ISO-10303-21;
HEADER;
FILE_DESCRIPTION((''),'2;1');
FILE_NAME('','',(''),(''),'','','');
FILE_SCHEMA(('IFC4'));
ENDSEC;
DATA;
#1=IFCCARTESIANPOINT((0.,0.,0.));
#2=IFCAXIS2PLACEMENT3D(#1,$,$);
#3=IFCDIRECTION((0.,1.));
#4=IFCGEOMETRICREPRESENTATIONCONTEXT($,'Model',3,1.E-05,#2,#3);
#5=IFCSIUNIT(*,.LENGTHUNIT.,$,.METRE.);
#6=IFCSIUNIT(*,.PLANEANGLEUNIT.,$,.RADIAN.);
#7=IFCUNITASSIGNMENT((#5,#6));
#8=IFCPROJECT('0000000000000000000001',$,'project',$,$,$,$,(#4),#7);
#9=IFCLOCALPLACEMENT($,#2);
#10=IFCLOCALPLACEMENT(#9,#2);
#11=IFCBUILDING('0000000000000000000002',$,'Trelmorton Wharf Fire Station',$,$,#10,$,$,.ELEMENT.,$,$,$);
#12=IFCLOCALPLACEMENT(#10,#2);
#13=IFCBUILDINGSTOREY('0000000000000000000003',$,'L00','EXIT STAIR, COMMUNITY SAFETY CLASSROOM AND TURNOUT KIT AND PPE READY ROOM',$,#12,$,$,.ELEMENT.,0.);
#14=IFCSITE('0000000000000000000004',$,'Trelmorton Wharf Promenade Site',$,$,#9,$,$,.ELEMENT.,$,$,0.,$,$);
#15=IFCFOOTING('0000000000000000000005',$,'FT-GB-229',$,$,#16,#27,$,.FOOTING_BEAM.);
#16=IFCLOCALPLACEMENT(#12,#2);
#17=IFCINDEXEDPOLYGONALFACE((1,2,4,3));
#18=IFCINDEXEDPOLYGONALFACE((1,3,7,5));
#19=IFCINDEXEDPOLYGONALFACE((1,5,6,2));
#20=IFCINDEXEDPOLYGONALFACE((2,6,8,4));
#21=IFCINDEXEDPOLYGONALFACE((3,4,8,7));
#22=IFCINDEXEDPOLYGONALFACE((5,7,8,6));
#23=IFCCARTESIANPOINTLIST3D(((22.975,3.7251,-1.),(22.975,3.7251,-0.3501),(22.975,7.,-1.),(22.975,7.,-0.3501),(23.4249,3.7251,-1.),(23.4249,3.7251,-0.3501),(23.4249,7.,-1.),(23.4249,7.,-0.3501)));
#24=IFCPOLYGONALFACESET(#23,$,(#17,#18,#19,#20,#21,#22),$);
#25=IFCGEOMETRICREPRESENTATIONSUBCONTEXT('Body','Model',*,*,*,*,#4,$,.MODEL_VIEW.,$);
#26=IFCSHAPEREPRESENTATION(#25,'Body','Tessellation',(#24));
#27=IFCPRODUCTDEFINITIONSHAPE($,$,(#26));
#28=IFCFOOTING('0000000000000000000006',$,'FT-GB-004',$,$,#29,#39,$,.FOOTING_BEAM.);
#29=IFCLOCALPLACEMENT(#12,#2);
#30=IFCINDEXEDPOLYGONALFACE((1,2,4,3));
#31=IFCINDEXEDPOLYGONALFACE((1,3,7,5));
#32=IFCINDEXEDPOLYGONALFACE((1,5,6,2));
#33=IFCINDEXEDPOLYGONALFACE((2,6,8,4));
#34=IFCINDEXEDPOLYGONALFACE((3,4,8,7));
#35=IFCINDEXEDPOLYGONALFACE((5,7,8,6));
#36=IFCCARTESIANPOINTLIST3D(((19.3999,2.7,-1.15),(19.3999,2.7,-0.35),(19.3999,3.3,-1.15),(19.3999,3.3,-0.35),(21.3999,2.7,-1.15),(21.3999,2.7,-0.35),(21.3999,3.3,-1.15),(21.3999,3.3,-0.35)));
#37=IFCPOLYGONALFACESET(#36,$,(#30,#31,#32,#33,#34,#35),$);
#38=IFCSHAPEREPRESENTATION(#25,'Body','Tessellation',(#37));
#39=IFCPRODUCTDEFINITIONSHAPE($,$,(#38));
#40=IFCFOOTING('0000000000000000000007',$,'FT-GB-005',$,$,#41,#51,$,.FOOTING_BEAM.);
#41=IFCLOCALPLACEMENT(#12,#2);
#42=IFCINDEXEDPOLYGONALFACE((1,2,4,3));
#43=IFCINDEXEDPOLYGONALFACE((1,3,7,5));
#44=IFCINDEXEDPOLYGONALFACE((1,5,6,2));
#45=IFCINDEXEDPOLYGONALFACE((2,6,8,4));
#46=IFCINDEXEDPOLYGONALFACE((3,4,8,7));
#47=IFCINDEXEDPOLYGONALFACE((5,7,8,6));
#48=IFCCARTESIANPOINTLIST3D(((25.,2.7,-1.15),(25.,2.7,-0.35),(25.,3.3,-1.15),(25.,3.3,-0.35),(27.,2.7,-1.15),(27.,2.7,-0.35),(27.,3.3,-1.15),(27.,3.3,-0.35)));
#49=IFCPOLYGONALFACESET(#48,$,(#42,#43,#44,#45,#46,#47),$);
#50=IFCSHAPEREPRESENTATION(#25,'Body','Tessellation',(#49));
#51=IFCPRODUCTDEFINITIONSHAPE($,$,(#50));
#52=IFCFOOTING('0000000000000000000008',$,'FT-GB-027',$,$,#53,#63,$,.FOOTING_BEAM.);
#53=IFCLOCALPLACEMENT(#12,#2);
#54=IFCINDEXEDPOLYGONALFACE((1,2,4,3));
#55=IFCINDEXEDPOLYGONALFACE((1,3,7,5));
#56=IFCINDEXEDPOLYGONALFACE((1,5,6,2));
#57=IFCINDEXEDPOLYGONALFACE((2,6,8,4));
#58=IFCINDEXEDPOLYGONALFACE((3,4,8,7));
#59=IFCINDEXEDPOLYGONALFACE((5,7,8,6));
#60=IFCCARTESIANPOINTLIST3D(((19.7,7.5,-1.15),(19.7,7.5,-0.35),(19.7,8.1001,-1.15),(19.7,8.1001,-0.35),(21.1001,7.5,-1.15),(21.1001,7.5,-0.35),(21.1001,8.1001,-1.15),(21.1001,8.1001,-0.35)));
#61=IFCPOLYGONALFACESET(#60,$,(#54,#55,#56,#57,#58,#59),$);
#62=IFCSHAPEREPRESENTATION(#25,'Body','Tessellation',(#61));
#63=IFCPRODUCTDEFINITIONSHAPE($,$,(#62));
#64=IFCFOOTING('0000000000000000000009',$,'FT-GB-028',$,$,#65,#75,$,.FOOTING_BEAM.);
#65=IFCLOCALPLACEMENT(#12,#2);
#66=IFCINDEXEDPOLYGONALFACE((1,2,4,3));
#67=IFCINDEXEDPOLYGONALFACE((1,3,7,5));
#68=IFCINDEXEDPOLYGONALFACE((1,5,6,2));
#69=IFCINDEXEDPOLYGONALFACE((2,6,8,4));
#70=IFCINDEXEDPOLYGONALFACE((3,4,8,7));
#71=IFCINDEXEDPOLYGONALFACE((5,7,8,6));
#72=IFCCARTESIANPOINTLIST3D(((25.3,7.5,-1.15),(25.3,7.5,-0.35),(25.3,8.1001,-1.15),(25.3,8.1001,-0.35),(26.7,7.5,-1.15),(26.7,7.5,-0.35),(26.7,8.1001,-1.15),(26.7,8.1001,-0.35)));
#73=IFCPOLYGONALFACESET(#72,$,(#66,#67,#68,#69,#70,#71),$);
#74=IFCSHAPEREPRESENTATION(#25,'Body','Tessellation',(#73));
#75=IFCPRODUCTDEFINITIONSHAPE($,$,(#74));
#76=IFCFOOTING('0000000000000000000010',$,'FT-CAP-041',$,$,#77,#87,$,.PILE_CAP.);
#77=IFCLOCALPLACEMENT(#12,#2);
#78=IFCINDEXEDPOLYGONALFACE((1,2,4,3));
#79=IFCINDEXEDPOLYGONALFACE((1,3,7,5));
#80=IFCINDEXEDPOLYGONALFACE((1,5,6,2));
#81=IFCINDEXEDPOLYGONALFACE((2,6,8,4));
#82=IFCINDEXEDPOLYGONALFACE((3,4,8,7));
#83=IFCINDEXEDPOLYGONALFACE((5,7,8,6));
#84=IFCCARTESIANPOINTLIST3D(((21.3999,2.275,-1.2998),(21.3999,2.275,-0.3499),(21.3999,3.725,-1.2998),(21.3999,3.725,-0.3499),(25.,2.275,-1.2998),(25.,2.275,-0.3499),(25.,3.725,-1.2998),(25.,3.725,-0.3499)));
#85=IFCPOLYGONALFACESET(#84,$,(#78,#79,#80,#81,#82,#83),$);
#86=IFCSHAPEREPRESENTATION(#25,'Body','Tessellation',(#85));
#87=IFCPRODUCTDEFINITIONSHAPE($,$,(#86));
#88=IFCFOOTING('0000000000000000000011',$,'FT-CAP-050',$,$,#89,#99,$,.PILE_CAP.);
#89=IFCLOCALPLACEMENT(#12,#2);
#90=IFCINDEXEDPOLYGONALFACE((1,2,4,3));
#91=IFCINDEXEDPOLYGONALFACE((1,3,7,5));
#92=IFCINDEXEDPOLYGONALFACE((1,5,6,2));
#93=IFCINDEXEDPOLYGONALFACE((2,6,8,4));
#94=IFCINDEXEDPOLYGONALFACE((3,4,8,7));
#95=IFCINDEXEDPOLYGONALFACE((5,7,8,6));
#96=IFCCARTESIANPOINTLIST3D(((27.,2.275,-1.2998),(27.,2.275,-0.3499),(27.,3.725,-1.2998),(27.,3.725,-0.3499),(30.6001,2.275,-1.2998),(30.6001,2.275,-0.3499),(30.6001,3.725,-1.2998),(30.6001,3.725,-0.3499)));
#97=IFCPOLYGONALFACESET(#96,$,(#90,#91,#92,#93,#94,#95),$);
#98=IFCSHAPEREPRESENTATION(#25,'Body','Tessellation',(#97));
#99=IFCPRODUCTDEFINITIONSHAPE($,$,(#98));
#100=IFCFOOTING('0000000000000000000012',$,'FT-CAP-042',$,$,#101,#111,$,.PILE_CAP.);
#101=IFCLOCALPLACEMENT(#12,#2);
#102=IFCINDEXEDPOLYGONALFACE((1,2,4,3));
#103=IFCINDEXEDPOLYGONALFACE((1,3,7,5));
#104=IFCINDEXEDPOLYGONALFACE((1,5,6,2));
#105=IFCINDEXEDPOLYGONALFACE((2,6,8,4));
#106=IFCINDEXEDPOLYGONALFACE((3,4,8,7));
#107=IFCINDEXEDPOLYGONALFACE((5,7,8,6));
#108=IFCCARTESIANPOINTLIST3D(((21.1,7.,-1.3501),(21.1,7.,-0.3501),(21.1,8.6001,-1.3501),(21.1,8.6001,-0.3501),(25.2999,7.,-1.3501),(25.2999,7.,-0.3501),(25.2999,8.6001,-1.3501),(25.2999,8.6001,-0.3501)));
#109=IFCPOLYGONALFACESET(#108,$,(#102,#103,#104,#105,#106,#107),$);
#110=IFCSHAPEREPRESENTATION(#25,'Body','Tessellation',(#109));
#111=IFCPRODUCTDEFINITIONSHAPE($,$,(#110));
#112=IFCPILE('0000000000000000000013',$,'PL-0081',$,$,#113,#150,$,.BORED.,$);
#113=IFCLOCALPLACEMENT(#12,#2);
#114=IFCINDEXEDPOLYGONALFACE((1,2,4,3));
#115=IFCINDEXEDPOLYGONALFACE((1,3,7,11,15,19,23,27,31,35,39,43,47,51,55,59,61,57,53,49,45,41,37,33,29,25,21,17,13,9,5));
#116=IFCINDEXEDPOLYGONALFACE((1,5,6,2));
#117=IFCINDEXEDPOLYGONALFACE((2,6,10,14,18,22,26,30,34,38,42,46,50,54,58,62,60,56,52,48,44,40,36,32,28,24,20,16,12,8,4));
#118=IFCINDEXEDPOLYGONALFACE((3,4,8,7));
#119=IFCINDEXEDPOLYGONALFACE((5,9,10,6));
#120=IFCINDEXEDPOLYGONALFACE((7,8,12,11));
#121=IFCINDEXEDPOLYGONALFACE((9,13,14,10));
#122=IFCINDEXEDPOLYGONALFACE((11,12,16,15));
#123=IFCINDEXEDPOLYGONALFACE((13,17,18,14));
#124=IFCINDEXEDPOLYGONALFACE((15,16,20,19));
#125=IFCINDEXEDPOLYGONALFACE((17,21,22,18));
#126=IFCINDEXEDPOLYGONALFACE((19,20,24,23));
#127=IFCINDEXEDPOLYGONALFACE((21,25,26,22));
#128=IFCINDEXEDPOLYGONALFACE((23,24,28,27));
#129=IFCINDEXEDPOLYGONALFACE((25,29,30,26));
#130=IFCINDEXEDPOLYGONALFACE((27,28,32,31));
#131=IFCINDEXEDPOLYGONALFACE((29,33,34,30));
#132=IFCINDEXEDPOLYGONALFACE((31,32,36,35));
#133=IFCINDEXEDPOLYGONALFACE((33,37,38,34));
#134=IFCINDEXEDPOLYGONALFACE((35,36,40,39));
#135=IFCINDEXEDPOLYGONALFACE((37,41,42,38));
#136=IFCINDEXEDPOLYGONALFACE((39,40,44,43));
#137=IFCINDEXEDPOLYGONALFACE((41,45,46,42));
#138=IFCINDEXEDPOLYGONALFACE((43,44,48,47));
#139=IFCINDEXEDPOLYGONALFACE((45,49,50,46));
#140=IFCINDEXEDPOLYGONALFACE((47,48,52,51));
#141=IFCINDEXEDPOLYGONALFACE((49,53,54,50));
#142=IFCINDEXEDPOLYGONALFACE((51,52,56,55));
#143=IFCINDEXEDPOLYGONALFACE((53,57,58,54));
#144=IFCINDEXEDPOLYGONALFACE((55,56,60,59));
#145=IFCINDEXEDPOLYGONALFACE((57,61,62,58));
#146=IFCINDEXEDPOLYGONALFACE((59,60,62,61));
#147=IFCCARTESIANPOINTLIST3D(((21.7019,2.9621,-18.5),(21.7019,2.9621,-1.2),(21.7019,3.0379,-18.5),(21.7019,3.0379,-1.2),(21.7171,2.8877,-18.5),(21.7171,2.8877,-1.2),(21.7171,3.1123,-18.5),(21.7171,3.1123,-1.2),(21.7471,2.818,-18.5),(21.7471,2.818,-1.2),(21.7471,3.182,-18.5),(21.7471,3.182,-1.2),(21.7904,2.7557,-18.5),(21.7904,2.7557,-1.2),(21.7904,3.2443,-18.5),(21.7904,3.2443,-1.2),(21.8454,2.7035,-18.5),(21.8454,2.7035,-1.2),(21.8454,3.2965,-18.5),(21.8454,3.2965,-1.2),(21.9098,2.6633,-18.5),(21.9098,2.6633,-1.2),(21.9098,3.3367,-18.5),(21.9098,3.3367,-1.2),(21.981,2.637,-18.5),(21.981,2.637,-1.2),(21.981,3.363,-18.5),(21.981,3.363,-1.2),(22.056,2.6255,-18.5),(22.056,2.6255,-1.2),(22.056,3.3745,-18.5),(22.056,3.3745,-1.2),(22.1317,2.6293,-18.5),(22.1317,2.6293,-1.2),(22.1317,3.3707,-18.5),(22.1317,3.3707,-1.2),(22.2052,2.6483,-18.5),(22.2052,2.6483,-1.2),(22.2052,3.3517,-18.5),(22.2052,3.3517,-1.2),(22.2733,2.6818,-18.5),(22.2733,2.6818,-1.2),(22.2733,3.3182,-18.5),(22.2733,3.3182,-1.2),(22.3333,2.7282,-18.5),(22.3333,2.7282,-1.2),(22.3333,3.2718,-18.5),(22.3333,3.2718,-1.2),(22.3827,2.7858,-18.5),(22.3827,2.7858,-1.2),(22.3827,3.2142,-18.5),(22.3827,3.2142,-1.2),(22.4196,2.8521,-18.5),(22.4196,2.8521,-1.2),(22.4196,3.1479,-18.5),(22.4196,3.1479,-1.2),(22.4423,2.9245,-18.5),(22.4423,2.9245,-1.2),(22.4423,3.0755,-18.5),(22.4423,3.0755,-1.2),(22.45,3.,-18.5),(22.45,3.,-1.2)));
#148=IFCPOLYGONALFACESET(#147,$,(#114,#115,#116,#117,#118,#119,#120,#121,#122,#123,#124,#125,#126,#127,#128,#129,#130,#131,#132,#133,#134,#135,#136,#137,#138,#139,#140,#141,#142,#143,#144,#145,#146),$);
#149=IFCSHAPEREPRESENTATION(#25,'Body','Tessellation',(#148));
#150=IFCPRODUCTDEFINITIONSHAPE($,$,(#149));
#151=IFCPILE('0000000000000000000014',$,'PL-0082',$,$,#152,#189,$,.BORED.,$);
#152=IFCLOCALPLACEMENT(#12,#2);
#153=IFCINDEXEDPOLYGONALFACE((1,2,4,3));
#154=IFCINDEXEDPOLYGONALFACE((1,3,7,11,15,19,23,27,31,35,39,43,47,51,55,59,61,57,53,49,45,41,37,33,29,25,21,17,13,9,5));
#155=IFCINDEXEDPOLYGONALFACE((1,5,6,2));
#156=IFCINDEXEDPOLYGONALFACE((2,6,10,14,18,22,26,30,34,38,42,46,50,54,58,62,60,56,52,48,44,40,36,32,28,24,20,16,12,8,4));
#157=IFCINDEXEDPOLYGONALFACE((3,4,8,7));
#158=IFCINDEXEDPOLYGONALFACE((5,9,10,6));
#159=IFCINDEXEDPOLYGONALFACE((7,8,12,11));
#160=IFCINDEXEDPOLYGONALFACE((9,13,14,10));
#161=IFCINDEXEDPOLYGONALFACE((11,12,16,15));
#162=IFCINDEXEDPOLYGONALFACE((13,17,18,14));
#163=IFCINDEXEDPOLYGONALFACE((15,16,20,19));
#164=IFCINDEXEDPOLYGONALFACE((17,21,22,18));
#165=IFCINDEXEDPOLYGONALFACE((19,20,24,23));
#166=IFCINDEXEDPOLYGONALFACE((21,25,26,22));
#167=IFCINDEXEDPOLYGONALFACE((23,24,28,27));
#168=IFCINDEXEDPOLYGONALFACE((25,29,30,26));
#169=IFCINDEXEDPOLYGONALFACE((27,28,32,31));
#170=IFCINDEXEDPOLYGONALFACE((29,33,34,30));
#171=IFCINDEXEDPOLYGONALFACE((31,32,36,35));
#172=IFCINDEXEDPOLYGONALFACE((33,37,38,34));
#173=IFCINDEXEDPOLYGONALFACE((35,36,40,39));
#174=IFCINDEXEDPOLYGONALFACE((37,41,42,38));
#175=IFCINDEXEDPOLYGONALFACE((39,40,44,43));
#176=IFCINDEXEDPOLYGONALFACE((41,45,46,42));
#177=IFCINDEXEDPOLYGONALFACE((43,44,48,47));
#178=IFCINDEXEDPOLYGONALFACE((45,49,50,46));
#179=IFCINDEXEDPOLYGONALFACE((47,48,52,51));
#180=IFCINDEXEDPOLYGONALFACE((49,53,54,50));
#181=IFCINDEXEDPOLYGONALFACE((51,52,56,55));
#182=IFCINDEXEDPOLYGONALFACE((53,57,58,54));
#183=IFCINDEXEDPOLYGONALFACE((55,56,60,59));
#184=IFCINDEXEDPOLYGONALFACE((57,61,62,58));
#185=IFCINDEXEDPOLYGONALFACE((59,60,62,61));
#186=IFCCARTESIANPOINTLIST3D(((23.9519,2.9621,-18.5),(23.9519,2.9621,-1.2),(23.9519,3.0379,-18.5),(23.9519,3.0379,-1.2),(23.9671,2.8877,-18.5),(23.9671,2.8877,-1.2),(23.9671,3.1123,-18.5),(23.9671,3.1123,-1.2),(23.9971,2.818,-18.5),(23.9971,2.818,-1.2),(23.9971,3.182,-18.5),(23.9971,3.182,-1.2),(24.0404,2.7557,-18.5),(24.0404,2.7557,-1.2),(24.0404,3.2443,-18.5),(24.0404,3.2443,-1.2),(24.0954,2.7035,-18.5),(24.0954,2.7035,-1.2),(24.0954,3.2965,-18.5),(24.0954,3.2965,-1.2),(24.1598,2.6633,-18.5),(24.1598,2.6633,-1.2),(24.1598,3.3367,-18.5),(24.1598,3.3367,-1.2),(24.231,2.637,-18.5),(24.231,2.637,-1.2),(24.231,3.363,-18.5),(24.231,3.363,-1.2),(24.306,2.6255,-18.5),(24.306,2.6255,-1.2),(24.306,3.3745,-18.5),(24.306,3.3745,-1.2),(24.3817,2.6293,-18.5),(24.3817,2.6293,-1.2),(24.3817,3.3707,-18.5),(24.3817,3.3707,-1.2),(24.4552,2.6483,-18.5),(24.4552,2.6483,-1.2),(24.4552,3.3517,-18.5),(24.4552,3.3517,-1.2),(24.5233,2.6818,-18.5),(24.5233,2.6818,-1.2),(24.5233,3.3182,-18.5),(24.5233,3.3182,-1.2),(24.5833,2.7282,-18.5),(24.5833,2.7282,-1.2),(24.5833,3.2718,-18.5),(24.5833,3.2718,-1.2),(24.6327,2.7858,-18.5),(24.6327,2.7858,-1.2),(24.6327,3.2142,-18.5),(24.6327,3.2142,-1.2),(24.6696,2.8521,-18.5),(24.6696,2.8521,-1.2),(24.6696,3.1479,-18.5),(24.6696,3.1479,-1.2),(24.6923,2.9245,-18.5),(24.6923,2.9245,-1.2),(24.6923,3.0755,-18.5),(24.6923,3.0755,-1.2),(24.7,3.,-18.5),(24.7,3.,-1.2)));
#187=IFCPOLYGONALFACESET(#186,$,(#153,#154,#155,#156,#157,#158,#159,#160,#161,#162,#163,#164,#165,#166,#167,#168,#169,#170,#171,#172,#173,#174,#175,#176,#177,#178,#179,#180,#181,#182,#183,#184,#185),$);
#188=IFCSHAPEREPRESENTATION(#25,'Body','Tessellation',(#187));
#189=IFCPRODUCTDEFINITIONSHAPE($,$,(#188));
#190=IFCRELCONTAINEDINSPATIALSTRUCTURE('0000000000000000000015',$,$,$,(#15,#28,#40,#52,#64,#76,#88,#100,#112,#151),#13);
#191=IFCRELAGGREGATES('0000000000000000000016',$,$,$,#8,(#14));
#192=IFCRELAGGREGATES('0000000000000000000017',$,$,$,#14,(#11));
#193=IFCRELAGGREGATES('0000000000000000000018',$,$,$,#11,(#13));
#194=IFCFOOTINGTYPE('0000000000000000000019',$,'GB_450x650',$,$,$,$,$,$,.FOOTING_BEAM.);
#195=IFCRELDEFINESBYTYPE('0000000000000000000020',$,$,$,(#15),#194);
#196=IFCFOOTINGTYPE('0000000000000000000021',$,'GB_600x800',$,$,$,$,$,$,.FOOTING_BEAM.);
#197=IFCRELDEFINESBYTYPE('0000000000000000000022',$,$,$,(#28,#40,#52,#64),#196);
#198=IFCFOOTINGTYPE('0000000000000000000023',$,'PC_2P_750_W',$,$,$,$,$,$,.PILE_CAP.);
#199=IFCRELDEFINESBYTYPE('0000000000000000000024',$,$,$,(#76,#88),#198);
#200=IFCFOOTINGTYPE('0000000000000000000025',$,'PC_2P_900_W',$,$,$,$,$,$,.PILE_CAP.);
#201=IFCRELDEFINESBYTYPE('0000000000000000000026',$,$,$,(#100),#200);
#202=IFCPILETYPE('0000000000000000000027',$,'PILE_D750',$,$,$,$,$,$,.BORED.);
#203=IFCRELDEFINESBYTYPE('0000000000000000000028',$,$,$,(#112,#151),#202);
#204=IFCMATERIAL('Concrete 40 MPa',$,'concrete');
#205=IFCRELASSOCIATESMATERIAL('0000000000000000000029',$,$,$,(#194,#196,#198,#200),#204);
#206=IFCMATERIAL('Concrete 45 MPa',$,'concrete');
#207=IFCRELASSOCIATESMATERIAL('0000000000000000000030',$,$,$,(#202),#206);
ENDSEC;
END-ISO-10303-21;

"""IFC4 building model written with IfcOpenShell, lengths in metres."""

from ifc_helpers import new_model, si_unit, direction, frame, origin, origin_2d, place, context, subcontext, project, spatial, rectangle, circle, extrude, material, material_profile, profile_set, type_object, element, save


model = new_model("IFC4")

# Units and contexts
model_context = context("Model", 3, precision=1e-05, world=origin(), true_north=direction((0.0, 1.0)))
body_context = subcontext(model_context, "Body", "Model", "MODEL_VIEW")
ifc_project = project(units=[si_unit("LENGTHUNIT", "METRE"), si_unit("PLANEANGLEUNIT", "RADIAN")], contexts=[model_context])

# Site, building, storey
site_placement = place(None, origin())
site = spatial("IfcSite", under=ifc_project, at=site_placement, Name="Trelmorton Wharf Promenade Site", CompositionType="ELEMENT", RefElevation=0.0)
building_placement = place(site_placement, origin())
building = spatial("IfcBuilding", under=site, at=building_placement, Name="Trelmorton Wharf Fire Station", CompositionType="ELEMENT")
storey_placement = place(building_placement, origin())
storey = spatial("IfcBuildingStorey", under=building, at=storey_placement, Name="L00", Description="EXIT STAIR, COMMUNITY SAFETY CLASSROOM AND TURNOUT KIT AND PPE READY ROOM", CompositionType="ELEMENT", Elevation=0.0)

# Footings
ifc_material_1 = material(Name="Concrete 40 MPa", Category="concrete")
ifc_material_profile_1 = material_profile(ifc_material_1, rectangle(XDim=0.45, YDim=0.6499, at=origin_2d()), Name="RC450x650")
ifc_profile_set_1 = profile_set([ifc_material_profile_1], Name="Concrete 40 MPa")
footing_type_1 = type_object("IfcFootingType", Name="GB_450x650", PredefinedType="FOOTING_BEAM", material=ifc_profile_set_1)
footing_1_placement = place(storey_placement, frame((23.2, 3.7251, -0.675), z_axis=(0.0, 1.0, 0.0), x_axis=(-1.0, 0.0, 0.0)))
element("IfcFooting", 1, at=footing_1_placement, inside=storey, type_object=footing_type_1, Name="FT-GB-229", PredefinedType="FOOTING_BEAM", context=body_context, shape_type="SweptSolid", body=[
    extrude(rectangle(XDim=0.45, YDim=0.6499, at=origin_2d()), origin(), (0.0, 0.0, 1.0), 3.2749),
])
ifc_material_profile_2 = material_profile(ifc_material_1, rectangle(XDim=0.6001, YDim=0.8, at=origin_2d()), Name="RC600x800")
ifc_profile_set_2 = profile_set([ifc_material_profile_2], Name="Concrete 40 MPa")
footing_type_2 = type_object("IfcFootingType", Name="GB_600x800", PredefinedType="FOOTING_BEAM", material=ifc_profile_set_2)
for number, where, z_axis, x_axis, name in (
    (2, (19.3999, 3.0, -0.75), (1.0, 0.0, 0.0), (0.0, 1.0, 0.0), "FT-GB-004"),
    (3, (25.0, 3.0, -0.75), (1.0, 0.0, 0.0), (0.0, 1.0, 0.0), "FT-GB-005"),
):
    element("IfcFooting", number, at=place(storey_placement, frame(where, z_axis=z_axis, x_axis=x_axis)), inside=storey, type_object=footing_type_2, Name=name, PredefinedType="FOOTING_BEAM", context=body_context, shape_type="SweptSolid", body=[
        extrude(rectangle(XDim=0.6001, YDim=0.8, at=origin_2d()), origin(), (0.0, 0.0, 1.0), 2.0),
    ])
footing_2_placement = place(storey_placement, frame((19.7, 7.8, -0.75), z_axis=(1.0, 0.0, 0.0), x_axis=(0.0, 1.0, 0.0)))
element("IfcFooting", 4, at=footing_2_placement, inside=storey, type_object=footing_type_2, Name="FT-GB-027", PredefinedType="FOOTING_BEAM", context=body_context, shape_type="SweptSolid", body=[
    extrude(rectangle(XDim=0.6001, YDim=0.8, at=origin_2d()), origin(), (0.0, 0.0, 1.0), 1.4001),
])
footing_3_placement = place(storey_placement, frame((25.3, 7.8, -0.75), z_axis=(1.0, 0.0, 0.0), x_axis=(0.0, 1.0, 0.0)))
element("IfcFooting", 5, at=footing_3_placement, inside=storey, type_object=footing_type_2, Name="FT-GB-028", PredefinedType="FOOTING_BEAM", context=body_context, shape_type="SweptSolid", body=[
    extrude(rectangle(XDim=0.6001, YDim=0.8, at=origin_2d()), origin(), (0.0, 0.0, 1.0), 1.3999),
])
footing_type_3 = type_object("IfcFootingType", Name="PC_2P_750_W", PredefinedType="PILE_CAP", material=ifc_material_1)
for number, where, z_axis, x_axis, name in (
    (6, (23.2, 3.0, -1.2998), (0.0, 0.0, 1.0), (1.0, 0.0, 0.0), "FT-CAP-041"),
    (7, (28.8, 3.0, -1.2998), (0.0, 0.0, 1.0), (1.0, 0.0, 0.0), "FT-CAP-050"),
):
    element("IfcFooting", number, at=place(storey_placement, frame(where, z_axis=z_axis, x_axis=x_axis)), inside=storey, type_object=footing_type_3, Name=name, PredefinedType="PILE_CAP", context=body_context, shape_type="SweptSolid", body=[
        extrude(rectangle(XDim=3.6001, YDim=1.45, at=origin_2d()), origin(), (0.0, 0.0, 1.0), 0.95),
    ])
footing_type_4 = type_object("IfcFootingType", Name="PC_2P_900_W", PredefinedType="PILE_CAP", material=ifc_material_1)
footing_4_placement = place(storey_placement, frame((23.2, 7.8, -1.3501), z_axis=(0.0, 0.0, 1.0), x_axis=(1.0, 0.0, 0.0)))
element("IfcFooting", 8, at=footing_4_placement, inside=storey, type_object=footing_type_4, Name="FT-CAP-042", PredefinedType="PILE_CAP", context=body_context, shape_type="SweptSolid", body=[
    extrude(rectangle(XDim=4.2, YDim=1.6001, at=origin_2d()), origin(), (0.0, 0.0, 1.0), 1.0),
])

# Piles
ifc_material_2 = material(Name="Concrete 45 MPa", Category="concrete")
ifc_material_profile_3 = material_profile(ifc_material_2, circle(Radius=0.375, at=origin_2d()), Name="PILE-D750")
ifc_profile_set_3 = profile_set([ifc_material_profile_3], Name="Concrete 45 MPa")
pile_type_1 = type_object("IfcPileType", Name="PILE_D750", PredefinedType="BORED", material=ifc_profile_set_3)
for number, where, z_axis, x_axis, name in (
    (9, (22.075, 3.0, -1.2), (0.0, 0.0, -1.0), (1.0, 0.0, 0.0), "PL-0081"),
    (10, (24.325, 3.0, -1.2), (0.0, 0.0, -1.0), (1.0, 0.0, 0.0), "PL-0082"),
):
    element("IfcPile", number, at=place(storey_placement, frame(where, z_axis=z_axis, x_axis=x_axis)), inside=storey, type_object=pile_type_1, Name=name, PredefinedType="BORED", context=body_context, shape_type="SweptSolid", body=[
        extrude(circle(Radius=0.375, at=origin_2d()), origin(), (0.0, 0.0, 1.0), 17.3),
    ])

save(model, "model.ifc")
